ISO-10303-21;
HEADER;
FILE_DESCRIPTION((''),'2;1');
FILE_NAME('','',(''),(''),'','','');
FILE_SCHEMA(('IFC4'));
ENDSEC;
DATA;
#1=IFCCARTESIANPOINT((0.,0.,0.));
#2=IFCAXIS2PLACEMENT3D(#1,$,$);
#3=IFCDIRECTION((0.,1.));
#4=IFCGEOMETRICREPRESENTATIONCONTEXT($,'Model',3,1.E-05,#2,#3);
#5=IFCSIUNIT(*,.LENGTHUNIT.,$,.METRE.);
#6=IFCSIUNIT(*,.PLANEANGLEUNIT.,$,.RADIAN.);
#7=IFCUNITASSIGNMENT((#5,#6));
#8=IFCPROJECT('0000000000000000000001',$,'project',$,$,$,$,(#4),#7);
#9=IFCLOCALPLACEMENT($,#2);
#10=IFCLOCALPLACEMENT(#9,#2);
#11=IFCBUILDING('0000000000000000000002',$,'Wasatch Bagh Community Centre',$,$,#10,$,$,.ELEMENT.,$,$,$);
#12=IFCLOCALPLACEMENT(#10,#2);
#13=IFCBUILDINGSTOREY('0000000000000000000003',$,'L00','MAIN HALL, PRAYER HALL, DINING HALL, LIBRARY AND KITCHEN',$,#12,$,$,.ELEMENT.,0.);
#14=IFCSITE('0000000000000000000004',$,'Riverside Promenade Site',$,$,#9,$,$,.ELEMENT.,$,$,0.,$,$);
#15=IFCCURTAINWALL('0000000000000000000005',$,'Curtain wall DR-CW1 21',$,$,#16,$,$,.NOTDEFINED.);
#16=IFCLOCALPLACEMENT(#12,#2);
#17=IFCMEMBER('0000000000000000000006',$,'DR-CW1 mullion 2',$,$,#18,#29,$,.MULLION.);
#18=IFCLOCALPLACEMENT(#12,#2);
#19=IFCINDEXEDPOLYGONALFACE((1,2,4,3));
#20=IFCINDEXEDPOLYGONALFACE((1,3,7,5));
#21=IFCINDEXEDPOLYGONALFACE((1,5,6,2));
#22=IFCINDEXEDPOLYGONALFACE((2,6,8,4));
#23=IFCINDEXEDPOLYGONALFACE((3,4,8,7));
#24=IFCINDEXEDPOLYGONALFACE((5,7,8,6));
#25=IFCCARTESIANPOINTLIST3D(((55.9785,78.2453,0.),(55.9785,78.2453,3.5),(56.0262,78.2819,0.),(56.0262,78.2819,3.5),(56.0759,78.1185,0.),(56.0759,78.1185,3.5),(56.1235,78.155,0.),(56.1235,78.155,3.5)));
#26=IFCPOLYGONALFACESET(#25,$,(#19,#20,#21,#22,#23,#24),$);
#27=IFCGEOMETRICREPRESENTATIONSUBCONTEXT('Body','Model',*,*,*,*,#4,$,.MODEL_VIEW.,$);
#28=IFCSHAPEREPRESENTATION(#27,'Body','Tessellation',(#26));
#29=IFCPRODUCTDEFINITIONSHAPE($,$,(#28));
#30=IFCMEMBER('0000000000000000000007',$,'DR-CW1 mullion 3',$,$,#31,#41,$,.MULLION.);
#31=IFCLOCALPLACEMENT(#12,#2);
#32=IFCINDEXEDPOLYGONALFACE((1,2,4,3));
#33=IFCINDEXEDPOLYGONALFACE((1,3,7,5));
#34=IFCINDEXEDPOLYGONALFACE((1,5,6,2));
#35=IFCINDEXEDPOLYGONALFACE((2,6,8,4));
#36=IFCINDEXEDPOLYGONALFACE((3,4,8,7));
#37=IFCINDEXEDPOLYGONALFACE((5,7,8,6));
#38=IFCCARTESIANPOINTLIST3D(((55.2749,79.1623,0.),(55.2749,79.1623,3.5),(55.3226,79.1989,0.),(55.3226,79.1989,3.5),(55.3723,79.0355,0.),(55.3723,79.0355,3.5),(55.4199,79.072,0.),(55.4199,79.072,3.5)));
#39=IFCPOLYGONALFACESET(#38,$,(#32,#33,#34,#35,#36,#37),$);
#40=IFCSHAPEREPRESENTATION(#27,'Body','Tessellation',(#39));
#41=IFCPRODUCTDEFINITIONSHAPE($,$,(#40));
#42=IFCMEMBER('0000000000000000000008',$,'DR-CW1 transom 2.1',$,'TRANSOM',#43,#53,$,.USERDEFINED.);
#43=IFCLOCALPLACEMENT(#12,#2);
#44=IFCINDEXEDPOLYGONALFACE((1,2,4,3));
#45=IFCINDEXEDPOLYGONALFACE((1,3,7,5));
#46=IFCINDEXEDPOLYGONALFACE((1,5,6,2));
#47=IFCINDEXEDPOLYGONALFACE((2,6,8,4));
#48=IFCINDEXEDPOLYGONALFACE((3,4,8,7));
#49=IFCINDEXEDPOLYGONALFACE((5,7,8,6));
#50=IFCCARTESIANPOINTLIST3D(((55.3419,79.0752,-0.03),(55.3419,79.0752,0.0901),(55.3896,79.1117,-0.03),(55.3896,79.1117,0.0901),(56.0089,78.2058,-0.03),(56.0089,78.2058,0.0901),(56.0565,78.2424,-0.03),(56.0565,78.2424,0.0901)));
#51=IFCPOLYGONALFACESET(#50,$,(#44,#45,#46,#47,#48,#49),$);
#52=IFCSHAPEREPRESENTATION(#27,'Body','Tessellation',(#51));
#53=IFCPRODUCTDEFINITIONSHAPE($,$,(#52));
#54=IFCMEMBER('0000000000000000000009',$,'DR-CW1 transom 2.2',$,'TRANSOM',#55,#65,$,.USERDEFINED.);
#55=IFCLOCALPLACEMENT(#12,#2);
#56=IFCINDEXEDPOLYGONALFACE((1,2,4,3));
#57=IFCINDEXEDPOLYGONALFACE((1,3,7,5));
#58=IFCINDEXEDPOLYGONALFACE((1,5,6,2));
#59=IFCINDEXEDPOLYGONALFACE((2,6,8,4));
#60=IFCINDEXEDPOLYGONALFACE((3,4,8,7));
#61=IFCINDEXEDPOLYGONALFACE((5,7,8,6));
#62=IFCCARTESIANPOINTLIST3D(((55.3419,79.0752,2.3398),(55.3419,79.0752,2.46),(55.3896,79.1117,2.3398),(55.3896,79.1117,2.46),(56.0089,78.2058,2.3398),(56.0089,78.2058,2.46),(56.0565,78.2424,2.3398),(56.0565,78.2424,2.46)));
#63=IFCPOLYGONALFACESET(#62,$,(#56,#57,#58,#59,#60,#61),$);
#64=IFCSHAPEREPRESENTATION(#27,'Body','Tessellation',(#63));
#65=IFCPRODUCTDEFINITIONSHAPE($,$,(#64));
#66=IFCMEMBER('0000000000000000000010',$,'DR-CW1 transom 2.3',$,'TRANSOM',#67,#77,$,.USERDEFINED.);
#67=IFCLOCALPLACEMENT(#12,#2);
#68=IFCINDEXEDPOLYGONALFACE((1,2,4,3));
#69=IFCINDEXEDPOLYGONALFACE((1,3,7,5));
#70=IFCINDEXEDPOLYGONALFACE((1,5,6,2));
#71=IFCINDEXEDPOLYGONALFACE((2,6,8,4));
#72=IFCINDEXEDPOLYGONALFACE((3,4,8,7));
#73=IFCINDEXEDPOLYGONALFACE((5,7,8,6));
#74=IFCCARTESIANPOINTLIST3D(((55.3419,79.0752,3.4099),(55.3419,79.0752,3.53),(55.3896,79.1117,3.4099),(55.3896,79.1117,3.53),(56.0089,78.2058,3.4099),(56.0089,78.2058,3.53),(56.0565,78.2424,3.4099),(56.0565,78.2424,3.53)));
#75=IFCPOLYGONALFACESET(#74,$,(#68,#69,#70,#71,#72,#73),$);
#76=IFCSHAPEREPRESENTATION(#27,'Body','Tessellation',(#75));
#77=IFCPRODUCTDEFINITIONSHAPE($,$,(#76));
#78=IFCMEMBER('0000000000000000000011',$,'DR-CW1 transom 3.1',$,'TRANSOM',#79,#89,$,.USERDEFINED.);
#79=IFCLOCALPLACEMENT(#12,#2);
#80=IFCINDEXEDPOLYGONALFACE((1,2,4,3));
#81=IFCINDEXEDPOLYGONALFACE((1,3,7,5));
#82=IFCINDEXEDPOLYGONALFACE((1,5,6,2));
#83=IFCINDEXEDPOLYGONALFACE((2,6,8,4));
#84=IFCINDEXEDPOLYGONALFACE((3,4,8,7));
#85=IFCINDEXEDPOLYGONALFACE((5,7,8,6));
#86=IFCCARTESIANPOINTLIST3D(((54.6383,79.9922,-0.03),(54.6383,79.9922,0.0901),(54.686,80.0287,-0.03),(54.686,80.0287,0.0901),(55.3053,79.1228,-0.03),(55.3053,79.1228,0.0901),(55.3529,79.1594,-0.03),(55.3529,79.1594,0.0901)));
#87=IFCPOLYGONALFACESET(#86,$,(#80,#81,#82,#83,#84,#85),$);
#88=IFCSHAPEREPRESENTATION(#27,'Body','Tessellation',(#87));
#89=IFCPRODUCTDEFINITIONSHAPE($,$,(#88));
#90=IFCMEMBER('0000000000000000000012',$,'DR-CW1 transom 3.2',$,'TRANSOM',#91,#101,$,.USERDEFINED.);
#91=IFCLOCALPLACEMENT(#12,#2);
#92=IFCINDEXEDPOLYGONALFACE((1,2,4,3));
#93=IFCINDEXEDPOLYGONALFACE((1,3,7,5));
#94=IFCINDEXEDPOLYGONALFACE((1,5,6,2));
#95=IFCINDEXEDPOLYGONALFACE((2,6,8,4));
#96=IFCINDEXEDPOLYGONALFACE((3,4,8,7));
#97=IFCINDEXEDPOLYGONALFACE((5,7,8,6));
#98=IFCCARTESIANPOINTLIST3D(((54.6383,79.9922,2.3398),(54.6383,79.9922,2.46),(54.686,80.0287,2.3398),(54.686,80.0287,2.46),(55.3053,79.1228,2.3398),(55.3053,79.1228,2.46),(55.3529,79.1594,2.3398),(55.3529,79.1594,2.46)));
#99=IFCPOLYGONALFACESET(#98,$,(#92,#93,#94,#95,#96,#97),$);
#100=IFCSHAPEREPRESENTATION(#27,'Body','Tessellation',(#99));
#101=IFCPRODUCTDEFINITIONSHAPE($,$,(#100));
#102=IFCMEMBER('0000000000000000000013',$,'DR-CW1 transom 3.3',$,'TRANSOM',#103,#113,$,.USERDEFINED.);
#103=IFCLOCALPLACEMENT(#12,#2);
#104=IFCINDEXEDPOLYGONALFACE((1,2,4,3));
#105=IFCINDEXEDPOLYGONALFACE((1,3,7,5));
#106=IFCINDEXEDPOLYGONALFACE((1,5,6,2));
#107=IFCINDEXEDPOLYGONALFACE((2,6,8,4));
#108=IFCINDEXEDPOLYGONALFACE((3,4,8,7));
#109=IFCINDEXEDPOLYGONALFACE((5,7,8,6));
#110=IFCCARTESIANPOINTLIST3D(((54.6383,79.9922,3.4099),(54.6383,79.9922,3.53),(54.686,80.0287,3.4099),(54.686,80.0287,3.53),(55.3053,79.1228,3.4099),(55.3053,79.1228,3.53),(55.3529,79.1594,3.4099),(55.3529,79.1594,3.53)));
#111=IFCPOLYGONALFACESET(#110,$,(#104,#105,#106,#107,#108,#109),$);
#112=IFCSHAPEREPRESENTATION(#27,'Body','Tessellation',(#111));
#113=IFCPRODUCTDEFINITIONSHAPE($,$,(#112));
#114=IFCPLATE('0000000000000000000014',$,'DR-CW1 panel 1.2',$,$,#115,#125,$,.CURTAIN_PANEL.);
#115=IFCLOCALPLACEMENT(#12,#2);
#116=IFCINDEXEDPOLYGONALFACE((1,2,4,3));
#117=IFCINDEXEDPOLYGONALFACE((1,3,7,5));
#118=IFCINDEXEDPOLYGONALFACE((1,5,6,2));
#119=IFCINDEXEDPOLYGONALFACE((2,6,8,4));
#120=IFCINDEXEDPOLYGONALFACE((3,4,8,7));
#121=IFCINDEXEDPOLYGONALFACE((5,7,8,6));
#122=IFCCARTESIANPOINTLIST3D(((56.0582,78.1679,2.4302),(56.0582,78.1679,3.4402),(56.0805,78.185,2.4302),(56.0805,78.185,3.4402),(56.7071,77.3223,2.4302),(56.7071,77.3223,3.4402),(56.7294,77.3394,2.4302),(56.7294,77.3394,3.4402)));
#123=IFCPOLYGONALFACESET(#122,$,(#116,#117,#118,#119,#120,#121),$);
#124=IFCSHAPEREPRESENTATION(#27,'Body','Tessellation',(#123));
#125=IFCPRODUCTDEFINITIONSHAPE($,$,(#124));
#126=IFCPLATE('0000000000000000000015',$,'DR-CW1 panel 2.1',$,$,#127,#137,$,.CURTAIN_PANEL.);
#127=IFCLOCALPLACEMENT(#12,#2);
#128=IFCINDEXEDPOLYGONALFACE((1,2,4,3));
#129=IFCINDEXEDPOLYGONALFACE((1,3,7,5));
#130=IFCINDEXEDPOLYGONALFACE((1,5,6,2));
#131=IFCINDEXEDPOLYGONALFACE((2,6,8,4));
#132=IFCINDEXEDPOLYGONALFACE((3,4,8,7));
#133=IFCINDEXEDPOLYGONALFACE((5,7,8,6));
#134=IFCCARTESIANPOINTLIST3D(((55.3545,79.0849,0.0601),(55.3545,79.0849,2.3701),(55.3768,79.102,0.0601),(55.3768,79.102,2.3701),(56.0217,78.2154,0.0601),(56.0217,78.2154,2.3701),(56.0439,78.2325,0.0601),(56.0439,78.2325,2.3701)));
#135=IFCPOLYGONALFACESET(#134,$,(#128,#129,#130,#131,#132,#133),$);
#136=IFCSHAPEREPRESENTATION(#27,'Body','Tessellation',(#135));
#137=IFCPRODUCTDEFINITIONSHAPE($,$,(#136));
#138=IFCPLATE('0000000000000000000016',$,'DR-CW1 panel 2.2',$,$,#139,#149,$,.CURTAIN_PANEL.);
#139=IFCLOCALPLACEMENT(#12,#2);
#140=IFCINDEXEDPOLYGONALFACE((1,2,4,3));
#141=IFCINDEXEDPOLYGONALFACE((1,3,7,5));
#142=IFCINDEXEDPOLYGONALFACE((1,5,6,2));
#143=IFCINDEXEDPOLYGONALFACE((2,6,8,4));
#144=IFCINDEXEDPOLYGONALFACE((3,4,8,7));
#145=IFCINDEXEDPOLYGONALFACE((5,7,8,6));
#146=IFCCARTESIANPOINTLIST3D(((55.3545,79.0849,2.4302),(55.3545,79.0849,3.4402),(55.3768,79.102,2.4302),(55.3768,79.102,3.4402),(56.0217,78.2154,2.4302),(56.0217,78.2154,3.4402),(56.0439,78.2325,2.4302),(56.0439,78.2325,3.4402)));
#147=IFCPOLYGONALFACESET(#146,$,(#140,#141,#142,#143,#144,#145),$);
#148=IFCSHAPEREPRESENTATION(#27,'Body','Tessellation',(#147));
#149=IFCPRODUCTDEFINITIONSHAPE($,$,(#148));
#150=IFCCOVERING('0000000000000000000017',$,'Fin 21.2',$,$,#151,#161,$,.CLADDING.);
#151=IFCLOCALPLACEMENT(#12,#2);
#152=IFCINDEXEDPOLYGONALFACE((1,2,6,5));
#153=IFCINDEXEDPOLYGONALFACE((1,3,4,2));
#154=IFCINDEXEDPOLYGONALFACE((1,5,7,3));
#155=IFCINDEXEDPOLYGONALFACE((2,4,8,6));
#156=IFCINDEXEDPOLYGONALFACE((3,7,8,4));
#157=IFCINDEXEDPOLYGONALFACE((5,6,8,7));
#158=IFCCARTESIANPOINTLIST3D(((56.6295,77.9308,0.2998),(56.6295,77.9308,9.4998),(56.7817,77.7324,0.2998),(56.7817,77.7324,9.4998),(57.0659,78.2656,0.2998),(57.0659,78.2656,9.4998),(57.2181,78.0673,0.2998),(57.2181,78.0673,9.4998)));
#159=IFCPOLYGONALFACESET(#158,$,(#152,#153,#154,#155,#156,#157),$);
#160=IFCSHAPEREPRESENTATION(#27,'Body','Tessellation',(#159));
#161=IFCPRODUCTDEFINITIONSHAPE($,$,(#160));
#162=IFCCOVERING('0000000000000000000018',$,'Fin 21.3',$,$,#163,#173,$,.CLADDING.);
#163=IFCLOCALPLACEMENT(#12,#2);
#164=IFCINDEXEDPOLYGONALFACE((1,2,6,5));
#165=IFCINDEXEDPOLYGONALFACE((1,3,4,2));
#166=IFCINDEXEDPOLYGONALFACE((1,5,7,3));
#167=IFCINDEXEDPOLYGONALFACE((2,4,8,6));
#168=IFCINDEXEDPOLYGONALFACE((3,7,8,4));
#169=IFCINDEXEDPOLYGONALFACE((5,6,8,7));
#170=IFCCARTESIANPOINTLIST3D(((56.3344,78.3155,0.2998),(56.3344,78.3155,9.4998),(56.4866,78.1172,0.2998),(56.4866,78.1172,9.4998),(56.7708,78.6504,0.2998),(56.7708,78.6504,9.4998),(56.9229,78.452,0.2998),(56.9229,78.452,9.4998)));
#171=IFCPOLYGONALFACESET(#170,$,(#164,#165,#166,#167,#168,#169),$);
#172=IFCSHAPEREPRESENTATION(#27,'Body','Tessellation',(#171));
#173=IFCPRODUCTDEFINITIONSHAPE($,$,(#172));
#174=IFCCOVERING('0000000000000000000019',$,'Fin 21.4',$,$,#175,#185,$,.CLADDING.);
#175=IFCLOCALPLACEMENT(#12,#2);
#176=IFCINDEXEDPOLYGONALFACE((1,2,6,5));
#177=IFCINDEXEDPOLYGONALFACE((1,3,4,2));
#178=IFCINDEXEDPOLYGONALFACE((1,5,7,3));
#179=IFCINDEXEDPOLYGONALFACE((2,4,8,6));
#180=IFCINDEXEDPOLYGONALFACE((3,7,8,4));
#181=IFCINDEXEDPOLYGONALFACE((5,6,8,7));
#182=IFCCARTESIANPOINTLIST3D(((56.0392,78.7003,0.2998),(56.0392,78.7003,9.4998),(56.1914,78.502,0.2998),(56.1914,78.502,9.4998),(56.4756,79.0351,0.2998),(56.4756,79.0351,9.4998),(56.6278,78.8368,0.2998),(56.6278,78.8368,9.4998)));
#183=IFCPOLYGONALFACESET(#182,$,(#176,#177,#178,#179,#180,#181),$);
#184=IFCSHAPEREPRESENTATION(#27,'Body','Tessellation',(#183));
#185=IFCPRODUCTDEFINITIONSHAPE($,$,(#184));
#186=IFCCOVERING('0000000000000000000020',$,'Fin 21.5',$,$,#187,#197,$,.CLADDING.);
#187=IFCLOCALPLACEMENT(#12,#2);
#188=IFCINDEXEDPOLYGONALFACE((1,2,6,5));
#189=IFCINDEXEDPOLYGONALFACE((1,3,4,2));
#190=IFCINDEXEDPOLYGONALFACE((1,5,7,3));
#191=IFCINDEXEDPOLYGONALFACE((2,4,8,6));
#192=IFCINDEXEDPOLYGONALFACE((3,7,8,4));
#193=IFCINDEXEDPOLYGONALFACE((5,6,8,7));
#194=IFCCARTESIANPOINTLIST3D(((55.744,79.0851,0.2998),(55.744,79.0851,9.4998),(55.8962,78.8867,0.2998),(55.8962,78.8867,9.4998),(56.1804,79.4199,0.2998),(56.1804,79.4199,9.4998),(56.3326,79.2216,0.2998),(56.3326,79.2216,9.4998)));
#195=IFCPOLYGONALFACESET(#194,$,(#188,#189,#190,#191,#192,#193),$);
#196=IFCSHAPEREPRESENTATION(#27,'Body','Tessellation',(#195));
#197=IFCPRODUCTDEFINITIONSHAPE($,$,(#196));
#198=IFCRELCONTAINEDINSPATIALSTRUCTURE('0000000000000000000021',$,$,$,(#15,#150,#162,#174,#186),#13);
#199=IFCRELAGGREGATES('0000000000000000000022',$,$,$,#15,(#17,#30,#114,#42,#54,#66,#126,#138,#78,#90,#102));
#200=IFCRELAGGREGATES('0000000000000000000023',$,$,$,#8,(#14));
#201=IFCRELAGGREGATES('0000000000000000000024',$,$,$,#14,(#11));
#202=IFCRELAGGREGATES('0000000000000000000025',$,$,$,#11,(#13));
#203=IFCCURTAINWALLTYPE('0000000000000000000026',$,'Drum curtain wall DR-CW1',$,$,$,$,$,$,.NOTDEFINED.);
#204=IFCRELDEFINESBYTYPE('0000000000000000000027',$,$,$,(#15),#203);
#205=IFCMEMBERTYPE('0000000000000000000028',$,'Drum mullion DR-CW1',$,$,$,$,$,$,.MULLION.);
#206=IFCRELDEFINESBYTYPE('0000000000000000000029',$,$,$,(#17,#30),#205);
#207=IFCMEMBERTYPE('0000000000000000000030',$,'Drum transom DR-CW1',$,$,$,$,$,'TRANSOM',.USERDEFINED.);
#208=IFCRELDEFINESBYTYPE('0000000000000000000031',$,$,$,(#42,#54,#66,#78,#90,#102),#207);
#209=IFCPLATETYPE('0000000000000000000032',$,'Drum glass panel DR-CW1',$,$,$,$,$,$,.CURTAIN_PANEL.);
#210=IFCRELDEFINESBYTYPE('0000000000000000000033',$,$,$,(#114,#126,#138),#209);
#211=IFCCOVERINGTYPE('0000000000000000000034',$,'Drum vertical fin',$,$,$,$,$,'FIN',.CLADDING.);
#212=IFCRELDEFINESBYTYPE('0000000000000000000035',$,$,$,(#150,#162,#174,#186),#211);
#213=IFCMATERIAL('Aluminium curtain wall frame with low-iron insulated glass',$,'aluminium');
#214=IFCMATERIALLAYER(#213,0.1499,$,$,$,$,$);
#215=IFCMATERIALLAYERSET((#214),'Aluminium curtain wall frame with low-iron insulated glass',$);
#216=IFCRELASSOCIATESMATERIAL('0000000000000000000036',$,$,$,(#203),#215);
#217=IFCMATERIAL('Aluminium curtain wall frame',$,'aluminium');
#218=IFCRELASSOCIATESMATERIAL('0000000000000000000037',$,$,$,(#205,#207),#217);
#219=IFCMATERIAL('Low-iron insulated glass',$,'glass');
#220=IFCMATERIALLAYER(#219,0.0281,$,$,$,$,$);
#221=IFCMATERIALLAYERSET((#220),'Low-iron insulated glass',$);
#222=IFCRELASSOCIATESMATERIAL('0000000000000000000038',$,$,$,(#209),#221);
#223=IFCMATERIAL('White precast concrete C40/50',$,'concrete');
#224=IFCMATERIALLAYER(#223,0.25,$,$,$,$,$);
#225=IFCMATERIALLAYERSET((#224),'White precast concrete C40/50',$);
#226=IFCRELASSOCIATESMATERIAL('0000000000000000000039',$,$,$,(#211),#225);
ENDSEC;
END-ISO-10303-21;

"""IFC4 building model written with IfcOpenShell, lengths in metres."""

from ifc_helpers import new_model, si_unit, direction, frame, origin, origin_2d, place, context, subcontext, project, spatial, rectangle, extrude, material, layer, layer_set, material_profile, profile_set, type_object, element, aggregate, save


model = new_model("IFC4")

# Units and contexts
model_context = context("Model", 3, precision=1e-05, world=origin(), true_north=direction((0.0, 1.0)))
body_context = subcontext(model_context, "Body", "Model", "MODEL_VIEW")
ifc_project = project(units=[si_unit("LENGTHUNIT", "METRE"), si_unit("PLANEANGLEUNIT", "RADIAN")], contexts=[model_context])

# Site, building, storey
site_placement = place(None, origin())
site = spatial("IfcSite", under=ifc_project, at=site_placement, Name="Riverside Promenade Site", CompositionType="ELEMENT", RefElevation=0.0)
building_placement = place(site_placement, origin())
building = spatial("IfcBuilding", under=site, at=building_placement, Name="Wasatch Bagh Community Centre", CompositionType="ELEMENT")
storey_placement = place(building_placement, origin())
storey = spatial("IfcBuildingStorey", under=building, at=storey_placement, Name="L00", Description="MAIN HALL, PRAYER HALL, DINING HALL, LIBRARY AND KITCHEN", CompositionType="ELEMENT", Elevation=0.0)

# Curtain wall, members, plates
ifc_material_1 = material(Name="Aluminium curtain wall frame with low-iron insulated glass", Category="aluminium")
ifc_layer_1 = layer(ifc_material_1, 0.1499)
ifc_layer_set_1 = layer_set([ifc_layer_1], Name="Aluminium curtain wall frame with low-iron insulated glass")
curtain_wall_type = type_object("IfcCurtainWallType", Name="Drum curtain wall DR-CW1", PredefinedType="NOTDEFINED", material=ifc_layer_set_1)
curtain_wall_placement = place(storey_placement, origin())
curtain_wall = element("IfcCurtainWall", 1, at=curtain_wall_placement, inside=storey, type_object=curtain_wall_type, Name="Curtain wall DR-CW1 21", PredefinedType="NOTDEFINED")
ifc_material_2 = material(Name="Aluminium curtain wall frame", Category="aluminium")
ifc_material_profile_1 = material_profile(ifc_material_2, rectangle(XDim=0.0601, YDim=0.1599, at=origin_2d()), Name="Drum mullion DR-CW1")
ifc_profile_set_1 = profile_set([ifc_material_profile_1], Name="Aluminium curtain wall frame")
member_type_1 = type_object("IfcMemberType", Name="Drum mullion DR-CW1", PredefinedType="MULLION", material=ifc_profile_set_1)
member_1_placement = place(storey_placement, frame((56.051, 78.2002, 0.0), z_axis=(0.0, 0.0, 1.0), x_axis=(-0.793353, -0.608761, 0.0)))
member_1 = element("IfcMember", 2, at=member_1_placement, type_object=member_type_1, Name="DR-CW1 mullion 2", PredefinedType="MULLION", context=body_context, shape_type="SweptSolid", body=[
    extrude(rectangle(XDim=0.0601, YDim=0.1599, at=origin_2d()), origin(), (0.0, 0.0, 1.0), 3.5),
])
member_2_placement = place(storey_placement, frame((55.3474, 79.1172, 0.0), z_axis=(0.0, 0.0, 1.0), x_axis=(-0.793353, -0.608761, 0.0)))
member_2 = element("IfcMember", 3, at=member_2_placement, type_object=member_type_1, Name="DR-CW1 mullion 3", PredefinedType="MULLION", context=body_context, shape_type="SweptSolid", body=[
    extrude(rectangle(XDim=0.0601, YDim=0.1599, at=origin_2d()), origin(), (0.0, 0.0, 1.0), 3.5),
])
ifc_material_profile_2 = material_profile(ifc_material_2, rectangle(XDim=0.0601, YDim=0.1201, at=origin_2d()), Name="Drum transom DR-CW1")
ifc_profile_set_2 = profile_set([ifc_material_profile_2], Name="Aluminium curtain wall frame")
member_type_2 = type_object("IfcMemberType", Name="Drum transom DR-CW1", ElementType="TRANSOM", PredefinedType="USERDEFINED", material=ifc_profile_set_2)
member_3_placement = place(storey_placement, frame((56.0327, 78.2241, 0.03), z_axis=(-0.608698, 0.793402, 0.0), x_axis=(-0.793402, -0.608698, 0.0)))
member_3 = element("IfcMember", 4, at=member_3_placement, type_object=member_type_2, Name="DR-CW1 transom 2.1", ObjectType="TRANSOM", PredefinedType="USERDEFINED", context=body_context, shape_type="SweptSolid", body=[
    extrude(rectangle(XDim=0.0601, YDim=0.1201, at=origin_2d()), origin(), (0.0, 0.0, 1.0), 1.0957),
])
member_4_placement = place(storey_placement, frame((56.0327, 78.2241, 2.3999), z_axis=(-0.608698, 0.793402, 0.0), x_axis=(-0.793402, -0.608698, 0.0)))
member_4 = element("IfcMember", 5, at=member_4_placement, type_object=member_type_2, Name="DR-CW1 transom 2.2", ObjectType="TRANSOM", PredefinedType="USERDEFINED", context=body_context, shape_type="SweptSolid", body=[
    extrude(rectangle(XDim=0.0601, YDim=0.1201, at=origin_2d()), origin(), (0.0, 0.0, 1.0), 1.0957),
])
member_5_placement = place(storey_placement, frame((56.0327, 78.2241, 3.47), z_axis=(-0.608698, 0.793402, 0.0), x_axis=(-0.793402, -0.608698, 0.0)))
member_5 = element("IfcMember", 6, at=member_5_placement, type_object=member_type_2, Name="DR-CW1 transom 2.3", ObjectType="TRANSOM", PredefinedType="USERDEFINED", context=body_context, shape_type="SweptSolid", body=[
    extrude(rectangle(XDim=0.0601, YDim=0.1201, at=origin_2d()), origin(), (0.0, 0.0, 1.0), 1.0957),
])
member_6_placement = place(storey_placement, frame((55.3291, 79.1411, 0.03), z_axis=(-0.608698, 0.793402, 0.0), x_axis=(-0.793402, -0.608698, 0.0)))
member_6 = element("IfcMember", 7, at=member_6_placement, type_object=member_type_2, Name="DR-CW1 transom 3.1", ObjectType="TRANSOM", PredefinedType="USERDEFINED", context=body_context, shape_type="SweptSolid", body=[
    extrude(rectangle(XDim=0.0601, YDim=0.1201, at=origin_2d()), origin(), (0.0, 0.0, 1.0), 1.0957),
])
member_7_placement = place(storey_placement, frame((55.3291, 79.1411, 2.3999), z_axis=(-0.608698, 0.793402, 0.0), x_axis=(-0.793402, -0.608698, 0.0)))
member_7 = element("IfcMember", 8, at=member_7_placement, type_object=member_type_2, Name="DR-CW1 transom 3.2", ObjectType="TRANSOM", PredefinedType="USERDEFINED", context=body_context, shape_type="SweptSolid", body=[
    extrude(rectangle(XDim=0.0601, YDim=0.1201, at=origin_2d()), origin(), (0.0, 0.0, 1.0), 1.0957),
])
member_8_placement = place(storey_placement, frame((55.3291, 79.1411, 3.47), z_axis=(-0.608698, 0.793402, 0.0), x_axis=(-0.793402, -0.608698, 0.0)))
member_8 = element("IfcMember", 9, at=member_8_placement, type_object=member_type_2, Name="DR-CW1 transom 3.3", ObjectType="TRANSOM", PredefinedType="USERDEFINED", context=body_context, shape_type="SweptSolid", body=[
    extrude(rectangle(XDim=0.0601, YDim=0.1201, at=origin_2d()), origin(), (0.0, 0.0, 1.0), 1.0957),
])
ifc_material_3 = material(Name="Low-iron insulated glass", Category="glass")
ifc_layer_2 = layer(ifc_material_3, 0.0281)
ifc_layer_set_2 = layer_set([ifc_layer_2], Name="Low-iron insulated glass")
plate_type = type_object("IfcPlateType", Name="Drum glass panel DR-CW1", PredefinedType="CURTAIN_PANEL", material=ifc_layer_set_2)
plate_1_placement = place(storey_placement, frame((56.3938, 77.7537, 2.4302), z_axis=(0.0, 0.0, 1.0), x_axis=(-0.608761, 0.793353, 0.0)))
plate_1 = element("IfcPlate", 10, at=plate_1_placement, type_object=plate_type, Name="DR-CW1 panel 1.2", PredefinedType="CURTAIN_PANEL", context=body_context, shape_type="SweptSolid", body=[
    extrude(rectangle(XDim=1.0659, YDim=0.0281, at=origin_2d()), origin(), (0.0, 0.0, 1.0), 1.01),
])
plate_2_placement = place(storey_placement, frame((55.6992, 78.6587, 0.0601), z_axis=(0.0, 0.0, 1.0), x_axis=(-0.608761, 0.793353, 0.0)))
plate_2 = element("IfcPlate", 11, at=plate_2_placement, type_object=plate_type, Name="DR-CW1 panel 2.1", PredefinedType="CURTAIN_PANEL", context=body_context, shape_type="SweptSolid", body=[
    extrude(rectangle(XDim=1.0959, YDim=0.0281, at=origin_2d()), origin(), (0.0, 0.0, 1.0), 2.3101),
])
plate_3_placement = place(storey_placement, frame((55.6992, 78.6587, 2.4302), z_axis=(0.0, 0.0, 1.0), x_axis=(-0.608761, 0.793353, 0.0)))
plate_3 = element("IfcPlate", 12, at=plate_3_placement, type_object=plate_type, Name="DR-CW1 panel 2.2", PredefinedType="CURTAIN_PANEL", context=body_context, shape_type="SweptSolid", body=[
    extrude(rectangle(XDim=1.0959, YDim=0.0281, at=origin_2d()), origin(), (0.0, 0.0, 1.0), 1.01),
])
aggregate(curtain_wall, [member_1, member_2, plate_1, member_3, member_4, member_5, plate_2, plate_3, member_6, member_7, member_8])

# Coverings
ifc_material_4 = material(Name="White precast concrete C40/50", Category="concrete")
ifc_layer_3 = layer(ifc_material_4, 0.25)
ifc_layer_set_3 = layer_set([ifc_layer_3], Name="White precast concrete C40/50")
covering_type = type_object("IfcCoveringType", Name="Drum vertical fin", ElementType="FIN", PredefinedType="CLADDING", material=ifc_layer_set_3)
for number, where, z_axis, x_axis, name in (
    (13, (56.9238, 77.999, 0.2998), (0.0, 0.0, 1.0), (-0.608761, 0.793353, 0.0), "Fin 21.2"),
    (14, (56.6287, 78.3838, 0.2998), (0.0, 0.0, 1.0), (-0.608761, 0.793353, 0.0), "Fin 21.3"),
    (15, (56.3335, 78.7686, 0.2998), (0.0, 0.0, 1.0), (-0.608761, 0.793353, 0.0), "Fin 21.4"),
    (16, (56.0383, 79.1533, 0.2998), (0.0, 0.0, 1.0), (-0.608761, 0.793353, 0.0), "Fin 21.5"),
):
    element("IfcCovering", number, at=place(storey_placement, frame(where, z_axis=z_axis, x_axis=x_axis)), inside=storey, type_object=covering_type, Name=name, PredefinedType="CLADDING", context=body_context, shape_type="SweptSolid", body=[
        extrude(rectangle(XDim=0.25, YDim=0.55, at=origin_2d()), origin(), (0.0, 0.0, 1.0), 9.2),
    ])

save(model, "model.ifc")
